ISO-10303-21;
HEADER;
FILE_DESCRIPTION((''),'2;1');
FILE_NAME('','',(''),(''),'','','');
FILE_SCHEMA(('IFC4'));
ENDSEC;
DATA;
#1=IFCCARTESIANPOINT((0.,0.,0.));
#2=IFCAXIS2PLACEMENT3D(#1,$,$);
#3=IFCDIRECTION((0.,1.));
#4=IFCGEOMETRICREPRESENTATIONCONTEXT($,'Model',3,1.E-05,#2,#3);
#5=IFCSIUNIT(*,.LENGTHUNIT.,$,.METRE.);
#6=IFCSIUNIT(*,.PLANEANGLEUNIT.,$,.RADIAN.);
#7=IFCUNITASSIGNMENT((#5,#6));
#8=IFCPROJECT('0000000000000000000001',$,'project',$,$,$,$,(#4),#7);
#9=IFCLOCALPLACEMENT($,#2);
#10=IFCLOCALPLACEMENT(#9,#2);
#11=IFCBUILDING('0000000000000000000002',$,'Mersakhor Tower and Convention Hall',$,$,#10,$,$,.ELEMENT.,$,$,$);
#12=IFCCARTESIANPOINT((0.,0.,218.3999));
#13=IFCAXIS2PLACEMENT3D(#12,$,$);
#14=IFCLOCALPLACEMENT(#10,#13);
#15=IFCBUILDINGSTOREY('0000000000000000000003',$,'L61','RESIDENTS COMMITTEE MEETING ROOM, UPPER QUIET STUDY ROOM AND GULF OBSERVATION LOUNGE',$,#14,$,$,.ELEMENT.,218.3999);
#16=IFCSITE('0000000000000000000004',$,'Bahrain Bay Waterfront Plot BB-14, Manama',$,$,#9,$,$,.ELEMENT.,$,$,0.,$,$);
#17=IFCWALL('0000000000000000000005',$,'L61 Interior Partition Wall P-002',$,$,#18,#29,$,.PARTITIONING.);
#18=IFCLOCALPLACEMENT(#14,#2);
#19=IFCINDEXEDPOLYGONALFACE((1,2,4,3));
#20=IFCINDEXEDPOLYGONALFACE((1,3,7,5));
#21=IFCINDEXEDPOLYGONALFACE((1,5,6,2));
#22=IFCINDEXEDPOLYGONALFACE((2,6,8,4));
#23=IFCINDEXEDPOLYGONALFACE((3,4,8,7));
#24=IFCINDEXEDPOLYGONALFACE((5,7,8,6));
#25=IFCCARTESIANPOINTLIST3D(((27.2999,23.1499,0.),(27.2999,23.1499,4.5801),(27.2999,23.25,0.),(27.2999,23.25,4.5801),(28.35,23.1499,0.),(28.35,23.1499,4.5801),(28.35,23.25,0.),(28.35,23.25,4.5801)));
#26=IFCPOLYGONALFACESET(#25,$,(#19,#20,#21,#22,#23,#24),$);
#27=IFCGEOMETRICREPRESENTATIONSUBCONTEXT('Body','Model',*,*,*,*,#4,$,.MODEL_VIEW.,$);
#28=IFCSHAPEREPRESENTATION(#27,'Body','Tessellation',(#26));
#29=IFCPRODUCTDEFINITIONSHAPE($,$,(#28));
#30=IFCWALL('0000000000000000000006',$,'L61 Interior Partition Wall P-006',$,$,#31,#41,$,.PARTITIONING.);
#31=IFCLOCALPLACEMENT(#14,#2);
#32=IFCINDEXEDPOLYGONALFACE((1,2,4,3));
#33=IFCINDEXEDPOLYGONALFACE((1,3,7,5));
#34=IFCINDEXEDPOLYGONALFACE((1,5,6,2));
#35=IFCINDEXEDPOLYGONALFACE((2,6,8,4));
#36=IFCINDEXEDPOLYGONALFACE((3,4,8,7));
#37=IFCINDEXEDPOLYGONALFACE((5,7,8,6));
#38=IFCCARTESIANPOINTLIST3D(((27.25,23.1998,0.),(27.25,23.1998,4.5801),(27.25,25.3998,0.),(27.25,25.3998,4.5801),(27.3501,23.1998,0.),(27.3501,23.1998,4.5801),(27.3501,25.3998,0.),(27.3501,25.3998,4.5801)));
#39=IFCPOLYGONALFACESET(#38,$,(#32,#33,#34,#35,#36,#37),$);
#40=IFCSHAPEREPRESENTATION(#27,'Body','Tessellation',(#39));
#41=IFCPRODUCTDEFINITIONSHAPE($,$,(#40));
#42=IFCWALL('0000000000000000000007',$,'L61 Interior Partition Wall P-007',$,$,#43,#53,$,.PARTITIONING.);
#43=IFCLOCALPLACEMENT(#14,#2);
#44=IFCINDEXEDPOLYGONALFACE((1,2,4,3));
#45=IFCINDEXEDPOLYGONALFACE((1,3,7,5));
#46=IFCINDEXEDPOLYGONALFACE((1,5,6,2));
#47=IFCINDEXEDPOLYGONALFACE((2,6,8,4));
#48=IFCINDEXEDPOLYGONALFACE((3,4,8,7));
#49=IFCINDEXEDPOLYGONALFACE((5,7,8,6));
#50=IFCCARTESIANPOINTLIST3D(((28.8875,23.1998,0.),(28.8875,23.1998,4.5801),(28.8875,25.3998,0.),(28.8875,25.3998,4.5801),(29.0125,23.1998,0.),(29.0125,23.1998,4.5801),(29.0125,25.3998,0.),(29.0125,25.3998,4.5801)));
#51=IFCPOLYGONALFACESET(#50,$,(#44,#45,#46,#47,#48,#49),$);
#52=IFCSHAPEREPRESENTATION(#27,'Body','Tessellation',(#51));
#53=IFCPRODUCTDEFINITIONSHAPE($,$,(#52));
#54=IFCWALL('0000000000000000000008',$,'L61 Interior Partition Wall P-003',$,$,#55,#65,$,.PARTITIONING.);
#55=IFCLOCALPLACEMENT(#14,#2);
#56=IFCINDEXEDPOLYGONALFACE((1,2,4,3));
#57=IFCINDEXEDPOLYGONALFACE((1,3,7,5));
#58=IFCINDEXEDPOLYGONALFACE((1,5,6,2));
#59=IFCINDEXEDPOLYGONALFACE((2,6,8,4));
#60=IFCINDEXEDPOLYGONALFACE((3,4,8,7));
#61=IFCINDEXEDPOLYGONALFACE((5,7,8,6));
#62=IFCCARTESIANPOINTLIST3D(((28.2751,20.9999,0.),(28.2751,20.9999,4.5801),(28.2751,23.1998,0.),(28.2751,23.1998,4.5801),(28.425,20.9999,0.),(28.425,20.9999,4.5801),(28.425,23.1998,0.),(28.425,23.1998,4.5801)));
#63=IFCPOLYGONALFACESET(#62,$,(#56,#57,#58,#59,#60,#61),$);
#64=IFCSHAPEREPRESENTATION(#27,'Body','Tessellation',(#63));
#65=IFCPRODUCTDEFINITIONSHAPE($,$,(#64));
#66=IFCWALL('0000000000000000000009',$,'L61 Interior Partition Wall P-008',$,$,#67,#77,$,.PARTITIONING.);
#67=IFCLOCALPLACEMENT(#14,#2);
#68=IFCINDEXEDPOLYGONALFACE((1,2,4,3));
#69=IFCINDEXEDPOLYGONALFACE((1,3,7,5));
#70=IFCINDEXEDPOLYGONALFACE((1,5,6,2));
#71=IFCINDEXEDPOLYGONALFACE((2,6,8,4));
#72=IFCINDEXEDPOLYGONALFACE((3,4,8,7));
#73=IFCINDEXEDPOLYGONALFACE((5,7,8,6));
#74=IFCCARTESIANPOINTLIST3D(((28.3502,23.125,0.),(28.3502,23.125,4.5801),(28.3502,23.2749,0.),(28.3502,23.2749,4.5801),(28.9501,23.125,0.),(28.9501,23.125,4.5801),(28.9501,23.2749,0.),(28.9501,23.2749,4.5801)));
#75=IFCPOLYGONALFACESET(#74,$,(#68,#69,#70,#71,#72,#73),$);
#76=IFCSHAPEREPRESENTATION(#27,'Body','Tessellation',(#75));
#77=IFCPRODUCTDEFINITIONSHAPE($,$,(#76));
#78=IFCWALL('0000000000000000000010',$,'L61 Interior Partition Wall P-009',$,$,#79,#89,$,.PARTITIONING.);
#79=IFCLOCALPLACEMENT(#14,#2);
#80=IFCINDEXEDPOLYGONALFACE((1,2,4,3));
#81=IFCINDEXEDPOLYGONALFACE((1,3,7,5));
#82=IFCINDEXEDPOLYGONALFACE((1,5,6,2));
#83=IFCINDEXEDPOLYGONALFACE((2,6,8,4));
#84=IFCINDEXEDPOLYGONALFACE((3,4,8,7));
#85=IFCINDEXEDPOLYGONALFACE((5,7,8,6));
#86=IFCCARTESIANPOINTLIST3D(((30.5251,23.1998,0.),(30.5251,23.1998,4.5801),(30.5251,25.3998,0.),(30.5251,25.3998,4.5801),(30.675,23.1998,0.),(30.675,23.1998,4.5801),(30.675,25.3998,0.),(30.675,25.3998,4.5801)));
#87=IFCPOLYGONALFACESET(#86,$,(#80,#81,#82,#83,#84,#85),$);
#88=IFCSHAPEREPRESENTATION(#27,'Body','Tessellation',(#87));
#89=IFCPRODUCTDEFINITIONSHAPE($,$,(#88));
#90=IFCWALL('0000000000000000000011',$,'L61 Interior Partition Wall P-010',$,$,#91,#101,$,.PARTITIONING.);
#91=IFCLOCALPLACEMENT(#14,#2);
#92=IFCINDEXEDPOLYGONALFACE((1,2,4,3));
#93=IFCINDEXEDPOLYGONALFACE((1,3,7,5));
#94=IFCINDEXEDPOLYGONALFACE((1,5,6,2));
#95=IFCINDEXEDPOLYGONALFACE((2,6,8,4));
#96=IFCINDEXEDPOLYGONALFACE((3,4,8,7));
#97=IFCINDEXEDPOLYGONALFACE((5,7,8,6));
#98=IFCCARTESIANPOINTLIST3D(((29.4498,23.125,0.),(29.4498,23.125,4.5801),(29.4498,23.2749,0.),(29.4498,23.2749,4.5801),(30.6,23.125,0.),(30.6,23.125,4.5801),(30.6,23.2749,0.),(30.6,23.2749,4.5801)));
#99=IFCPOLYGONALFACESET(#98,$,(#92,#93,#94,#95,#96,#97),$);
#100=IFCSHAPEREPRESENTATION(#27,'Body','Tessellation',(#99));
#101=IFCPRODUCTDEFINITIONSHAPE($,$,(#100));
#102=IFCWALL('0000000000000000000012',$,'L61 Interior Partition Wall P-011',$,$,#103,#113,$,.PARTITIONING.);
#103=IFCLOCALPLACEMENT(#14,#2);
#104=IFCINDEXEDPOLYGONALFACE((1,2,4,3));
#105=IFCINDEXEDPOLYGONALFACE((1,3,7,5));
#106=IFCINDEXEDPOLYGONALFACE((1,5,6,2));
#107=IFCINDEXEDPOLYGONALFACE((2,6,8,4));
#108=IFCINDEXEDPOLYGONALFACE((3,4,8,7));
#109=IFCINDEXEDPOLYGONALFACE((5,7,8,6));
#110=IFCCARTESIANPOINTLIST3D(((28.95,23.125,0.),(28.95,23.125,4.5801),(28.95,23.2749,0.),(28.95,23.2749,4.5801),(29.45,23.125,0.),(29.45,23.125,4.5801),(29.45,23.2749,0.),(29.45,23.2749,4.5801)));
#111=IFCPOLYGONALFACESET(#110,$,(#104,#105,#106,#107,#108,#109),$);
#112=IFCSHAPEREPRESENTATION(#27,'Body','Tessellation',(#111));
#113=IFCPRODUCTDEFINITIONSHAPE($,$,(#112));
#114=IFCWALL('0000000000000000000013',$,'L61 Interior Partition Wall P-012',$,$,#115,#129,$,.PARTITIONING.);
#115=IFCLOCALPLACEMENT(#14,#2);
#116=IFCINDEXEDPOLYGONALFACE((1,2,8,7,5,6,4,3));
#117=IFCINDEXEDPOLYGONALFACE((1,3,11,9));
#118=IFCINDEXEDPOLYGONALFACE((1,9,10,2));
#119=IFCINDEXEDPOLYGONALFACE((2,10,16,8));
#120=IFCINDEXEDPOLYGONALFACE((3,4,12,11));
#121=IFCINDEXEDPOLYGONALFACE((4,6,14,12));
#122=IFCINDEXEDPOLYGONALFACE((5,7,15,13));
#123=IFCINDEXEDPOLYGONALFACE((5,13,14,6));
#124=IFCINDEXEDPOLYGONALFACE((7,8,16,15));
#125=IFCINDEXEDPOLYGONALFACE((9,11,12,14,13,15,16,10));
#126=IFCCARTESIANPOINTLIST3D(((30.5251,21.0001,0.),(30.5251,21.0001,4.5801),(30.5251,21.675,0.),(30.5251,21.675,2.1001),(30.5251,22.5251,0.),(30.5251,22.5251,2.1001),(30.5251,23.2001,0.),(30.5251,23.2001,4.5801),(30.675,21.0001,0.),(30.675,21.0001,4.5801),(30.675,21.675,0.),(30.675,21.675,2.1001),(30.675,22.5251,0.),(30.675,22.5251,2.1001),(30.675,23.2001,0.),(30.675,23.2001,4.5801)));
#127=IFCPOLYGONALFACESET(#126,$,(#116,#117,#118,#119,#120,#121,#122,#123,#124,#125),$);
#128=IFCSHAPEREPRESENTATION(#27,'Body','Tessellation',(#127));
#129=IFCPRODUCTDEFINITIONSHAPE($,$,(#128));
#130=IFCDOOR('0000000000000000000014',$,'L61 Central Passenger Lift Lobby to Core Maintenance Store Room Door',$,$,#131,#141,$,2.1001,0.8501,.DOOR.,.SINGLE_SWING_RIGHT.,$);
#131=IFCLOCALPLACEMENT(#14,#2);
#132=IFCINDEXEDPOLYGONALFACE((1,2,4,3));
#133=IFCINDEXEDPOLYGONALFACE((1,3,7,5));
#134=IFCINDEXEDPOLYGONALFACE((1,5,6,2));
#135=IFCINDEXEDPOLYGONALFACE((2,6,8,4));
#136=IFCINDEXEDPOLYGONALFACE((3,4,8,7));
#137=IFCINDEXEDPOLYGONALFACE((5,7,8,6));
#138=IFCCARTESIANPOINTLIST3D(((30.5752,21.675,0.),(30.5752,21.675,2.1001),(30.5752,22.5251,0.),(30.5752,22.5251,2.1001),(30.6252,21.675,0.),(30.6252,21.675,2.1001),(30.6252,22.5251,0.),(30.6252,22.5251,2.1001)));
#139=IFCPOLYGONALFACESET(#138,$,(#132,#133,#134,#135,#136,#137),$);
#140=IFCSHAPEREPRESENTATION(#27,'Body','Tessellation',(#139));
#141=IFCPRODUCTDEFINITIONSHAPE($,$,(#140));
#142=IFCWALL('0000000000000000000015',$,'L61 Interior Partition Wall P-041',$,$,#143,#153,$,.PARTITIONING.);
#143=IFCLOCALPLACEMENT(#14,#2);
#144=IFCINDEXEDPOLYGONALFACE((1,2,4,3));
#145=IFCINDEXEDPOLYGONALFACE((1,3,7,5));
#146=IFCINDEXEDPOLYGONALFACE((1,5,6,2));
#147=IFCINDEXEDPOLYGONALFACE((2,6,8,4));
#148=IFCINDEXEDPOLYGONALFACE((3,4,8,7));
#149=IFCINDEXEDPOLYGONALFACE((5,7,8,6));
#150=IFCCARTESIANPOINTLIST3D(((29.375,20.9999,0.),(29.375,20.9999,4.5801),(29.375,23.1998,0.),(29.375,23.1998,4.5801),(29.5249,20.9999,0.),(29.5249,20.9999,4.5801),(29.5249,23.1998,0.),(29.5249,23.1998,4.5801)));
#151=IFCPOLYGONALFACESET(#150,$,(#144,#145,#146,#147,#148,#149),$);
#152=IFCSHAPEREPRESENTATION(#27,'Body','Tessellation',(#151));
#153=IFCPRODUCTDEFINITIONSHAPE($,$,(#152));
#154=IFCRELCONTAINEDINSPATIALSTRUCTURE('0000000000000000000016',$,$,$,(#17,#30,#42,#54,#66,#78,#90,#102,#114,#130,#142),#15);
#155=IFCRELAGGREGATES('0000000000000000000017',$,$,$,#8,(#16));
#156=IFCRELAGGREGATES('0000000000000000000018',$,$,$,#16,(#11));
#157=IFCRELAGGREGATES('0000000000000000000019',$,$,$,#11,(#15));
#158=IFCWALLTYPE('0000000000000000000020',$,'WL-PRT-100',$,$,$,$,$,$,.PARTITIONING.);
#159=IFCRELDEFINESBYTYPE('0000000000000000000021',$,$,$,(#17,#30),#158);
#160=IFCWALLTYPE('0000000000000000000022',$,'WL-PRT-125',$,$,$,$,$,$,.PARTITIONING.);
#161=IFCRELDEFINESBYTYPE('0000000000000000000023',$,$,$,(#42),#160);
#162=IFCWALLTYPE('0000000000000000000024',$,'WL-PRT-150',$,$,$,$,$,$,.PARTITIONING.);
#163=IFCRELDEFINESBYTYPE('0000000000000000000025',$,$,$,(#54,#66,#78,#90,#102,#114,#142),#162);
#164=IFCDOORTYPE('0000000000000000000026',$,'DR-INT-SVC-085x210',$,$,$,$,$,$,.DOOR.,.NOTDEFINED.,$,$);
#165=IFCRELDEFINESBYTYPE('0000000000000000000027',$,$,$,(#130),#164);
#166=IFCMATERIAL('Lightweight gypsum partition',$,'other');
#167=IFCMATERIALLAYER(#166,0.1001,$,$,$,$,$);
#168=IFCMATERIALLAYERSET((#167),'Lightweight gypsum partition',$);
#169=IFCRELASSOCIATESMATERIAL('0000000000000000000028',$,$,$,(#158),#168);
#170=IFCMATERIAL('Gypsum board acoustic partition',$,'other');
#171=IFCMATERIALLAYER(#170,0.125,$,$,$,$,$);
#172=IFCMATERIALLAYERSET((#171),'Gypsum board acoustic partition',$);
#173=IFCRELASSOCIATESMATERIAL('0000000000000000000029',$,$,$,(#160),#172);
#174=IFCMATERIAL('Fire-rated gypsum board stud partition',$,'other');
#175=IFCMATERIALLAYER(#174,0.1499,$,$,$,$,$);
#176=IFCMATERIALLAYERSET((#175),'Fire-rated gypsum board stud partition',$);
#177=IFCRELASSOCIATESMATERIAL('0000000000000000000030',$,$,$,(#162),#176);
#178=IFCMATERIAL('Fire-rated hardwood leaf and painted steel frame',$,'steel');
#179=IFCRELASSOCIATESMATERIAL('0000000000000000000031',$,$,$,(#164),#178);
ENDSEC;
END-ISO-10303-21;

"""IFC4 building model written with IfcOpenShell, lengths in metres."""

from ifc_helpers import new_model, si_unit, direction, frame, frame_2d, origin, place, context, subcontext, project, spatial, rectangle, extrude, material, layer, layer_set, type_object, element, fill, save


model = new_model("IFC4")

# Units and contexts
model_context = context("Model", 3, precision=1e-05, world=origin(), true_north=direction((0.0, 1.0)))
body_context = subcontext(model_context, "Body", "Model", "MODEL_VIEW")
ifc_project = project(units=[si_unit("LENGTHUNIT", "METRE"), si_unit("PLANEANGLEUNIT", "RADIAN")], contexts=[model_context])

# Site, building, storey
site_placement = place(None, origin())
site = spatial("IfcSite", under=ifc_project, at=site_placement, Name="Bahrain Bay Waterfront Plot BB-14, Manama", CompositionType="ELEMENT", RefElevation=0.0)
building_placement = place(site_placement, origin())
building = spatial("IfcBuilding", under=site, at=building_placement, Name="Mersakhor Tower and Convention Hall", CompositionType="ELEMENT")
storey_placement = place(building_placement, frame((0.0, 0.0, 218.3999)))
storey = spatial("IfcBuildingStorey", under=building, at=storey_placement, Name="L61", Description="RESIDENTS COMMITTEE MEETING ROOM, UPPER QUIET STUDY ROOM AND GULF OBSERVATION LOUNGE", CompositionType="ELEMENT", Elevation=218.3999)

# Walls
ifc_material_1 = material(Name="Lightweight gypsum partition", Category="other")
ifc_layer_1 = layer(ifc_material_1, 0.1001)
ifc_layer_set_1 = layer_set([ifc_layer_1], Name="Lightweight gypsum partition")
wall_type_1 = type_object("IfcWallType", Name="WL-PRT-100", PredefinedType="PARTITIONING", material=ifc_layer_set_1)
wall_1_placement = place(storey_placement, frame((27.3, 23.2, 0.0), z_axis=(0.0, 0.0, 1.0), x_axis=(1.0, 0.0, 0.0)))
element("IfcWall", 1, at=wall_1_placement, inside=storey, type_object=wall_type_1, Name="L61 Interior Partition Wall P-002", PredefinedType="PARTITIONING", context=body_context, shape_type="SweptSolid", body=[
    extrude(rectangle(XDim=1.05, YDim=0.1001, at=frame_2d((0.5249, 0.0))), origin(), (0.0, 0.0, 1.0), 4.5801),
])
wall_2_placement = place(storey_placement, frame((27.3, 25.3999, 0.0), z_axis=(0.0, 0.0, 1.0), x_axis=(0.0, -1.0, 0.0)))
element("IfcWall", 2, at=wall_2_placement, inside=storey, type_object=wall_type_1, Name="L61 Interior Partition Wall P-006", PredefinedType="PARTITIONING", context=body_context, shape_type="SweptSolid", body=[
    extrude(rectangle(XDim=2.2, YDim=0.1001, at=frame_2d((1.1001, 0.0))), origin(), (0.0, 0.0, 1.0), 4.5801),
])
ifc_material_2 = material(Name="Gypsum board acoustic partition", Category="other")
ifc_layer_2 = layer(ifc_material_2, 0.125)
ifc_layer_set_2 = layer_set([ifc_layer_2], Name="Gypsum board acoustic partition")
wall_type_2 = type_object("IfcWallType", Name="WL-PRT-125", PredefinedType="PARTITIONING", material=ifc_layer_set_2)
wall_3_placement = place(storey_placement, frame((28.95, 25.3999, 0.0), z_axis=(0.0, 0.0, 1.0), x_axis=(0.0, -1.0, 0.0)))
element("IfcWall", 3, at=wall_3_placement, inside=storey, type_object=wall_type_2, Name="L61 Interior Partition Wall P-007", PredefinedType="PARTITIONING", context=body_context, shape_type="SweptSolid", body=[
    extrude(rectangle(XDim=2.2, YDim=0.125, at=frame_2d((1.1001, 0.0))), origin(), (0.0, 0.0, 1.0), 4.5801),
])
ifc_material_3 = material(Name="Fire-rated gypsum board stud partition", Category="other")
ifc_layer_3 = layer(ifc_material_3, 0.1499)
ifc_layer_set_3 = layer_set([ifc_layer_3], Name="Fire-rated gypsum board stud partition")
wall_type_3 = type_object("IfcWallType", Name="WL-PRT-150", PredefinedType="PARTITIONING", material=ifc_layer_set_3)
wall_4_placement = place(storey_placement, frame((28.3501, 23.2, 0.0), z_axis=(0.0, 0.0, 1.0), x_axis=(0.0, -1.0, 0.0)))
element("IfcWall", 4, at=wall_4_placement, inside=storey, type_object=wall_type_3, Name="L61 Interior Partition Wall P-003", PredefinedType="PARTITIONING", context=body_context, shape_type="SweptSolid", body=[
    extrude(rectangle(XDim=2.2, YDim=0.1499, at=frame_2d((1.1001, 0.0))), origin(), (0.0, 0.0, 1.0), 4.5801),
])
wall_5_placement = place(storey_placement, frame((28.95, 23.2, 0.0), z_axis=(0.0, 0.0, 1.0), x_axis=(-1.0, 0.0, 0.0)))
element("IfcWall", 5, at=wall_5_placement, inside=storey, type_object=wall_type_3, Name="L61 Interior Partition Wall P-008", PredefinedType="PARTITIONING", context=body_context, shape_type="SweptSolid", body=[
    extrude(rectangle(XDim=0.5999, YDim=0.1499, at=frame_2d((0.2998, 0.0))), origin(), (0.0, 0.0, 1.0), 4.5801),
])
wall_6_placement = place(storey_placement, frame((30.6001, 25.3999, 0.0), z_axis=(0.0, 0.0, 1.0), x_axis=(0.0, -1.0, 0.0)))
element("IfcWall", 6, at=wall_6_placement, inside=storey, type_object=wall_type_3, Name="L61 Interior Partition Wall P-009", PredefinedType="PARTITIONING", context=body_context, shape_type="SweptSolid", body=[
    extrude(rectangle(XDim=2.2, YDim=0.1499, at=frame_2d((1.1001, 0.0))), origin(), (0.0, 0.0, 1.0), 4.5801),
])
wall_7_placement = place(storey_placement, frame((30.6001, 23.2, 0.0), z_axis=(0.0, 0.0, 1.0), x_axis=(-1.0, 0.0, 0.0)))
element("IfcWall", 7, at=wall_7_placement, inside=storey, type_object=wall_type_3, Name="L61 Interior Partition Wall P-010", PredefinedType="PARTITIONING", context=body_context, shape_type="SweptSolid", body=[
    extrude(rectangle(XDim=1.1501, YDim=0.1499, at=frame_2d((0.5752, 0.0))), origin(), (0.0, 0.0, 1.0), 4.5801),
])
wall_8_placement = place(storey_placement, frame((29.45, 23.2, 0.0), z_axis=(0.0, 0.0, 1.0), x_axis=(-1.0, 0.0, 0.0)))
element("IfcWall", 8, at=wall_8_placement, inside=storey, type_object=wall_type_3, Name="L61 Interior Partition Wall P-011", PredefinedType="PARTITIONING", context=body_context, shape_type="SweptSolid", body=[
    extrude(rectangle(XDim=0.5, YDim=0.1499, at=frame_2d((0.25, 0.0))), origin(), (0.0, 0.0, 1.0), 4.5801),
])

# Wall, opening, door
wall_9_placement = place(storey_placement, frame((30.6001, 21.0, 0.0), z_axis=(0.0, 0.0, 1.0), x_axis=(0.0, 1.0, 0.0)))
wall_9 = element("IfcWall", 9, at=wall_9_placement, inside=storey, type_object=wall_type_3, Name="L61 Interior Partition Wall P-012", PredefinedType="PARTITIONING", context=body_context, shape_type="SweptSolid", body=[
    extrude(rectangle(XDim=2.2, YDim=0.1499, at=frame_2d((1.1001, 0.0))), origin(), (0.0, 0.0, 1.0), 4.5801),
])
opening_1_placement = place(wall_9_placement, frame((0.675, 0.0, 0.0)))
opening_1 = element("IfcOpeningElement", 10, at=opening_1_placement, cuts=wall_9, PredefinedType="OPENING", context=body_context, shape_type="SweptSolid", body=[
    extrude(rectangle(XDim=0.8501, YDim=2.1001, at=frame_2d((0.425, 1.05))), frame((0.0, 0.085, 0.0), z_axis=(0.0, -1.0, 0.0), x_axis=(1.0, 0.0, 0.0)), (0.0, 0.0, 1.0), 0.1699),
])
ifc_material_4 = material(Name="Fire-rated hardwood leaf and painted steel frame", Category="steel")
door_type_1 = type_object("IfcDoorType", Name="DR-INT-SVC-085x210", OperationType="NOTDEFINED", PredefinedType="DOOR", material=ifc_material_4)
door_1_placement = place(opening_1_placement, origin())
door_1 = element("IfcDoor", 11, at=door_1_placement, inside=storey, type_object=door_type_1, Name="L61 Central Passenger Lift Lobby to Core Maintenance Store Room Door", OperationType="SINGLE_SWING_RIGHT", OverallHeight=2.1001, OverallWidth=0.8501, PredefinedType="DOOR", context=body_context, shape_type="SweptSolid", body=[
    extrude(rectangle(XDim=0.8501, YDim=2.1001, at=frame_2d((0.425, 1.05))), frame((0.0, 0.0249, 0.0), z_axis=(0.0, -1.0, 0.0), x_axis=(1.0, 0.0, 0.0)), (0.0, 0.0, 1.0), 0.05),
])
fill(opening_1, door_1)

# Wall
wall_10_placement = place(storey_placement, frame((29.45, 23.2, 0.0), z_axis=(0.0, 0.0, 1.0), x_axis=(0.0, -1.0, 0.0)))
element("IfcWall", 12, at=wall_10_placement, inside=storey, type_object=wall_type_3, Name="L61 Interior Partition Wall P-041", PredefinedType="PARTITIONING", context=body_context, shape_type="SweptSolid", body=[
    extrude(rectangle(XDim=2.2, YDim=0.1499, at=frame_2d((1.1001, 0.0))), origin(), (0.0, 0.0, 1.0), 4.5801),
])

save(model, "model.ifc")
